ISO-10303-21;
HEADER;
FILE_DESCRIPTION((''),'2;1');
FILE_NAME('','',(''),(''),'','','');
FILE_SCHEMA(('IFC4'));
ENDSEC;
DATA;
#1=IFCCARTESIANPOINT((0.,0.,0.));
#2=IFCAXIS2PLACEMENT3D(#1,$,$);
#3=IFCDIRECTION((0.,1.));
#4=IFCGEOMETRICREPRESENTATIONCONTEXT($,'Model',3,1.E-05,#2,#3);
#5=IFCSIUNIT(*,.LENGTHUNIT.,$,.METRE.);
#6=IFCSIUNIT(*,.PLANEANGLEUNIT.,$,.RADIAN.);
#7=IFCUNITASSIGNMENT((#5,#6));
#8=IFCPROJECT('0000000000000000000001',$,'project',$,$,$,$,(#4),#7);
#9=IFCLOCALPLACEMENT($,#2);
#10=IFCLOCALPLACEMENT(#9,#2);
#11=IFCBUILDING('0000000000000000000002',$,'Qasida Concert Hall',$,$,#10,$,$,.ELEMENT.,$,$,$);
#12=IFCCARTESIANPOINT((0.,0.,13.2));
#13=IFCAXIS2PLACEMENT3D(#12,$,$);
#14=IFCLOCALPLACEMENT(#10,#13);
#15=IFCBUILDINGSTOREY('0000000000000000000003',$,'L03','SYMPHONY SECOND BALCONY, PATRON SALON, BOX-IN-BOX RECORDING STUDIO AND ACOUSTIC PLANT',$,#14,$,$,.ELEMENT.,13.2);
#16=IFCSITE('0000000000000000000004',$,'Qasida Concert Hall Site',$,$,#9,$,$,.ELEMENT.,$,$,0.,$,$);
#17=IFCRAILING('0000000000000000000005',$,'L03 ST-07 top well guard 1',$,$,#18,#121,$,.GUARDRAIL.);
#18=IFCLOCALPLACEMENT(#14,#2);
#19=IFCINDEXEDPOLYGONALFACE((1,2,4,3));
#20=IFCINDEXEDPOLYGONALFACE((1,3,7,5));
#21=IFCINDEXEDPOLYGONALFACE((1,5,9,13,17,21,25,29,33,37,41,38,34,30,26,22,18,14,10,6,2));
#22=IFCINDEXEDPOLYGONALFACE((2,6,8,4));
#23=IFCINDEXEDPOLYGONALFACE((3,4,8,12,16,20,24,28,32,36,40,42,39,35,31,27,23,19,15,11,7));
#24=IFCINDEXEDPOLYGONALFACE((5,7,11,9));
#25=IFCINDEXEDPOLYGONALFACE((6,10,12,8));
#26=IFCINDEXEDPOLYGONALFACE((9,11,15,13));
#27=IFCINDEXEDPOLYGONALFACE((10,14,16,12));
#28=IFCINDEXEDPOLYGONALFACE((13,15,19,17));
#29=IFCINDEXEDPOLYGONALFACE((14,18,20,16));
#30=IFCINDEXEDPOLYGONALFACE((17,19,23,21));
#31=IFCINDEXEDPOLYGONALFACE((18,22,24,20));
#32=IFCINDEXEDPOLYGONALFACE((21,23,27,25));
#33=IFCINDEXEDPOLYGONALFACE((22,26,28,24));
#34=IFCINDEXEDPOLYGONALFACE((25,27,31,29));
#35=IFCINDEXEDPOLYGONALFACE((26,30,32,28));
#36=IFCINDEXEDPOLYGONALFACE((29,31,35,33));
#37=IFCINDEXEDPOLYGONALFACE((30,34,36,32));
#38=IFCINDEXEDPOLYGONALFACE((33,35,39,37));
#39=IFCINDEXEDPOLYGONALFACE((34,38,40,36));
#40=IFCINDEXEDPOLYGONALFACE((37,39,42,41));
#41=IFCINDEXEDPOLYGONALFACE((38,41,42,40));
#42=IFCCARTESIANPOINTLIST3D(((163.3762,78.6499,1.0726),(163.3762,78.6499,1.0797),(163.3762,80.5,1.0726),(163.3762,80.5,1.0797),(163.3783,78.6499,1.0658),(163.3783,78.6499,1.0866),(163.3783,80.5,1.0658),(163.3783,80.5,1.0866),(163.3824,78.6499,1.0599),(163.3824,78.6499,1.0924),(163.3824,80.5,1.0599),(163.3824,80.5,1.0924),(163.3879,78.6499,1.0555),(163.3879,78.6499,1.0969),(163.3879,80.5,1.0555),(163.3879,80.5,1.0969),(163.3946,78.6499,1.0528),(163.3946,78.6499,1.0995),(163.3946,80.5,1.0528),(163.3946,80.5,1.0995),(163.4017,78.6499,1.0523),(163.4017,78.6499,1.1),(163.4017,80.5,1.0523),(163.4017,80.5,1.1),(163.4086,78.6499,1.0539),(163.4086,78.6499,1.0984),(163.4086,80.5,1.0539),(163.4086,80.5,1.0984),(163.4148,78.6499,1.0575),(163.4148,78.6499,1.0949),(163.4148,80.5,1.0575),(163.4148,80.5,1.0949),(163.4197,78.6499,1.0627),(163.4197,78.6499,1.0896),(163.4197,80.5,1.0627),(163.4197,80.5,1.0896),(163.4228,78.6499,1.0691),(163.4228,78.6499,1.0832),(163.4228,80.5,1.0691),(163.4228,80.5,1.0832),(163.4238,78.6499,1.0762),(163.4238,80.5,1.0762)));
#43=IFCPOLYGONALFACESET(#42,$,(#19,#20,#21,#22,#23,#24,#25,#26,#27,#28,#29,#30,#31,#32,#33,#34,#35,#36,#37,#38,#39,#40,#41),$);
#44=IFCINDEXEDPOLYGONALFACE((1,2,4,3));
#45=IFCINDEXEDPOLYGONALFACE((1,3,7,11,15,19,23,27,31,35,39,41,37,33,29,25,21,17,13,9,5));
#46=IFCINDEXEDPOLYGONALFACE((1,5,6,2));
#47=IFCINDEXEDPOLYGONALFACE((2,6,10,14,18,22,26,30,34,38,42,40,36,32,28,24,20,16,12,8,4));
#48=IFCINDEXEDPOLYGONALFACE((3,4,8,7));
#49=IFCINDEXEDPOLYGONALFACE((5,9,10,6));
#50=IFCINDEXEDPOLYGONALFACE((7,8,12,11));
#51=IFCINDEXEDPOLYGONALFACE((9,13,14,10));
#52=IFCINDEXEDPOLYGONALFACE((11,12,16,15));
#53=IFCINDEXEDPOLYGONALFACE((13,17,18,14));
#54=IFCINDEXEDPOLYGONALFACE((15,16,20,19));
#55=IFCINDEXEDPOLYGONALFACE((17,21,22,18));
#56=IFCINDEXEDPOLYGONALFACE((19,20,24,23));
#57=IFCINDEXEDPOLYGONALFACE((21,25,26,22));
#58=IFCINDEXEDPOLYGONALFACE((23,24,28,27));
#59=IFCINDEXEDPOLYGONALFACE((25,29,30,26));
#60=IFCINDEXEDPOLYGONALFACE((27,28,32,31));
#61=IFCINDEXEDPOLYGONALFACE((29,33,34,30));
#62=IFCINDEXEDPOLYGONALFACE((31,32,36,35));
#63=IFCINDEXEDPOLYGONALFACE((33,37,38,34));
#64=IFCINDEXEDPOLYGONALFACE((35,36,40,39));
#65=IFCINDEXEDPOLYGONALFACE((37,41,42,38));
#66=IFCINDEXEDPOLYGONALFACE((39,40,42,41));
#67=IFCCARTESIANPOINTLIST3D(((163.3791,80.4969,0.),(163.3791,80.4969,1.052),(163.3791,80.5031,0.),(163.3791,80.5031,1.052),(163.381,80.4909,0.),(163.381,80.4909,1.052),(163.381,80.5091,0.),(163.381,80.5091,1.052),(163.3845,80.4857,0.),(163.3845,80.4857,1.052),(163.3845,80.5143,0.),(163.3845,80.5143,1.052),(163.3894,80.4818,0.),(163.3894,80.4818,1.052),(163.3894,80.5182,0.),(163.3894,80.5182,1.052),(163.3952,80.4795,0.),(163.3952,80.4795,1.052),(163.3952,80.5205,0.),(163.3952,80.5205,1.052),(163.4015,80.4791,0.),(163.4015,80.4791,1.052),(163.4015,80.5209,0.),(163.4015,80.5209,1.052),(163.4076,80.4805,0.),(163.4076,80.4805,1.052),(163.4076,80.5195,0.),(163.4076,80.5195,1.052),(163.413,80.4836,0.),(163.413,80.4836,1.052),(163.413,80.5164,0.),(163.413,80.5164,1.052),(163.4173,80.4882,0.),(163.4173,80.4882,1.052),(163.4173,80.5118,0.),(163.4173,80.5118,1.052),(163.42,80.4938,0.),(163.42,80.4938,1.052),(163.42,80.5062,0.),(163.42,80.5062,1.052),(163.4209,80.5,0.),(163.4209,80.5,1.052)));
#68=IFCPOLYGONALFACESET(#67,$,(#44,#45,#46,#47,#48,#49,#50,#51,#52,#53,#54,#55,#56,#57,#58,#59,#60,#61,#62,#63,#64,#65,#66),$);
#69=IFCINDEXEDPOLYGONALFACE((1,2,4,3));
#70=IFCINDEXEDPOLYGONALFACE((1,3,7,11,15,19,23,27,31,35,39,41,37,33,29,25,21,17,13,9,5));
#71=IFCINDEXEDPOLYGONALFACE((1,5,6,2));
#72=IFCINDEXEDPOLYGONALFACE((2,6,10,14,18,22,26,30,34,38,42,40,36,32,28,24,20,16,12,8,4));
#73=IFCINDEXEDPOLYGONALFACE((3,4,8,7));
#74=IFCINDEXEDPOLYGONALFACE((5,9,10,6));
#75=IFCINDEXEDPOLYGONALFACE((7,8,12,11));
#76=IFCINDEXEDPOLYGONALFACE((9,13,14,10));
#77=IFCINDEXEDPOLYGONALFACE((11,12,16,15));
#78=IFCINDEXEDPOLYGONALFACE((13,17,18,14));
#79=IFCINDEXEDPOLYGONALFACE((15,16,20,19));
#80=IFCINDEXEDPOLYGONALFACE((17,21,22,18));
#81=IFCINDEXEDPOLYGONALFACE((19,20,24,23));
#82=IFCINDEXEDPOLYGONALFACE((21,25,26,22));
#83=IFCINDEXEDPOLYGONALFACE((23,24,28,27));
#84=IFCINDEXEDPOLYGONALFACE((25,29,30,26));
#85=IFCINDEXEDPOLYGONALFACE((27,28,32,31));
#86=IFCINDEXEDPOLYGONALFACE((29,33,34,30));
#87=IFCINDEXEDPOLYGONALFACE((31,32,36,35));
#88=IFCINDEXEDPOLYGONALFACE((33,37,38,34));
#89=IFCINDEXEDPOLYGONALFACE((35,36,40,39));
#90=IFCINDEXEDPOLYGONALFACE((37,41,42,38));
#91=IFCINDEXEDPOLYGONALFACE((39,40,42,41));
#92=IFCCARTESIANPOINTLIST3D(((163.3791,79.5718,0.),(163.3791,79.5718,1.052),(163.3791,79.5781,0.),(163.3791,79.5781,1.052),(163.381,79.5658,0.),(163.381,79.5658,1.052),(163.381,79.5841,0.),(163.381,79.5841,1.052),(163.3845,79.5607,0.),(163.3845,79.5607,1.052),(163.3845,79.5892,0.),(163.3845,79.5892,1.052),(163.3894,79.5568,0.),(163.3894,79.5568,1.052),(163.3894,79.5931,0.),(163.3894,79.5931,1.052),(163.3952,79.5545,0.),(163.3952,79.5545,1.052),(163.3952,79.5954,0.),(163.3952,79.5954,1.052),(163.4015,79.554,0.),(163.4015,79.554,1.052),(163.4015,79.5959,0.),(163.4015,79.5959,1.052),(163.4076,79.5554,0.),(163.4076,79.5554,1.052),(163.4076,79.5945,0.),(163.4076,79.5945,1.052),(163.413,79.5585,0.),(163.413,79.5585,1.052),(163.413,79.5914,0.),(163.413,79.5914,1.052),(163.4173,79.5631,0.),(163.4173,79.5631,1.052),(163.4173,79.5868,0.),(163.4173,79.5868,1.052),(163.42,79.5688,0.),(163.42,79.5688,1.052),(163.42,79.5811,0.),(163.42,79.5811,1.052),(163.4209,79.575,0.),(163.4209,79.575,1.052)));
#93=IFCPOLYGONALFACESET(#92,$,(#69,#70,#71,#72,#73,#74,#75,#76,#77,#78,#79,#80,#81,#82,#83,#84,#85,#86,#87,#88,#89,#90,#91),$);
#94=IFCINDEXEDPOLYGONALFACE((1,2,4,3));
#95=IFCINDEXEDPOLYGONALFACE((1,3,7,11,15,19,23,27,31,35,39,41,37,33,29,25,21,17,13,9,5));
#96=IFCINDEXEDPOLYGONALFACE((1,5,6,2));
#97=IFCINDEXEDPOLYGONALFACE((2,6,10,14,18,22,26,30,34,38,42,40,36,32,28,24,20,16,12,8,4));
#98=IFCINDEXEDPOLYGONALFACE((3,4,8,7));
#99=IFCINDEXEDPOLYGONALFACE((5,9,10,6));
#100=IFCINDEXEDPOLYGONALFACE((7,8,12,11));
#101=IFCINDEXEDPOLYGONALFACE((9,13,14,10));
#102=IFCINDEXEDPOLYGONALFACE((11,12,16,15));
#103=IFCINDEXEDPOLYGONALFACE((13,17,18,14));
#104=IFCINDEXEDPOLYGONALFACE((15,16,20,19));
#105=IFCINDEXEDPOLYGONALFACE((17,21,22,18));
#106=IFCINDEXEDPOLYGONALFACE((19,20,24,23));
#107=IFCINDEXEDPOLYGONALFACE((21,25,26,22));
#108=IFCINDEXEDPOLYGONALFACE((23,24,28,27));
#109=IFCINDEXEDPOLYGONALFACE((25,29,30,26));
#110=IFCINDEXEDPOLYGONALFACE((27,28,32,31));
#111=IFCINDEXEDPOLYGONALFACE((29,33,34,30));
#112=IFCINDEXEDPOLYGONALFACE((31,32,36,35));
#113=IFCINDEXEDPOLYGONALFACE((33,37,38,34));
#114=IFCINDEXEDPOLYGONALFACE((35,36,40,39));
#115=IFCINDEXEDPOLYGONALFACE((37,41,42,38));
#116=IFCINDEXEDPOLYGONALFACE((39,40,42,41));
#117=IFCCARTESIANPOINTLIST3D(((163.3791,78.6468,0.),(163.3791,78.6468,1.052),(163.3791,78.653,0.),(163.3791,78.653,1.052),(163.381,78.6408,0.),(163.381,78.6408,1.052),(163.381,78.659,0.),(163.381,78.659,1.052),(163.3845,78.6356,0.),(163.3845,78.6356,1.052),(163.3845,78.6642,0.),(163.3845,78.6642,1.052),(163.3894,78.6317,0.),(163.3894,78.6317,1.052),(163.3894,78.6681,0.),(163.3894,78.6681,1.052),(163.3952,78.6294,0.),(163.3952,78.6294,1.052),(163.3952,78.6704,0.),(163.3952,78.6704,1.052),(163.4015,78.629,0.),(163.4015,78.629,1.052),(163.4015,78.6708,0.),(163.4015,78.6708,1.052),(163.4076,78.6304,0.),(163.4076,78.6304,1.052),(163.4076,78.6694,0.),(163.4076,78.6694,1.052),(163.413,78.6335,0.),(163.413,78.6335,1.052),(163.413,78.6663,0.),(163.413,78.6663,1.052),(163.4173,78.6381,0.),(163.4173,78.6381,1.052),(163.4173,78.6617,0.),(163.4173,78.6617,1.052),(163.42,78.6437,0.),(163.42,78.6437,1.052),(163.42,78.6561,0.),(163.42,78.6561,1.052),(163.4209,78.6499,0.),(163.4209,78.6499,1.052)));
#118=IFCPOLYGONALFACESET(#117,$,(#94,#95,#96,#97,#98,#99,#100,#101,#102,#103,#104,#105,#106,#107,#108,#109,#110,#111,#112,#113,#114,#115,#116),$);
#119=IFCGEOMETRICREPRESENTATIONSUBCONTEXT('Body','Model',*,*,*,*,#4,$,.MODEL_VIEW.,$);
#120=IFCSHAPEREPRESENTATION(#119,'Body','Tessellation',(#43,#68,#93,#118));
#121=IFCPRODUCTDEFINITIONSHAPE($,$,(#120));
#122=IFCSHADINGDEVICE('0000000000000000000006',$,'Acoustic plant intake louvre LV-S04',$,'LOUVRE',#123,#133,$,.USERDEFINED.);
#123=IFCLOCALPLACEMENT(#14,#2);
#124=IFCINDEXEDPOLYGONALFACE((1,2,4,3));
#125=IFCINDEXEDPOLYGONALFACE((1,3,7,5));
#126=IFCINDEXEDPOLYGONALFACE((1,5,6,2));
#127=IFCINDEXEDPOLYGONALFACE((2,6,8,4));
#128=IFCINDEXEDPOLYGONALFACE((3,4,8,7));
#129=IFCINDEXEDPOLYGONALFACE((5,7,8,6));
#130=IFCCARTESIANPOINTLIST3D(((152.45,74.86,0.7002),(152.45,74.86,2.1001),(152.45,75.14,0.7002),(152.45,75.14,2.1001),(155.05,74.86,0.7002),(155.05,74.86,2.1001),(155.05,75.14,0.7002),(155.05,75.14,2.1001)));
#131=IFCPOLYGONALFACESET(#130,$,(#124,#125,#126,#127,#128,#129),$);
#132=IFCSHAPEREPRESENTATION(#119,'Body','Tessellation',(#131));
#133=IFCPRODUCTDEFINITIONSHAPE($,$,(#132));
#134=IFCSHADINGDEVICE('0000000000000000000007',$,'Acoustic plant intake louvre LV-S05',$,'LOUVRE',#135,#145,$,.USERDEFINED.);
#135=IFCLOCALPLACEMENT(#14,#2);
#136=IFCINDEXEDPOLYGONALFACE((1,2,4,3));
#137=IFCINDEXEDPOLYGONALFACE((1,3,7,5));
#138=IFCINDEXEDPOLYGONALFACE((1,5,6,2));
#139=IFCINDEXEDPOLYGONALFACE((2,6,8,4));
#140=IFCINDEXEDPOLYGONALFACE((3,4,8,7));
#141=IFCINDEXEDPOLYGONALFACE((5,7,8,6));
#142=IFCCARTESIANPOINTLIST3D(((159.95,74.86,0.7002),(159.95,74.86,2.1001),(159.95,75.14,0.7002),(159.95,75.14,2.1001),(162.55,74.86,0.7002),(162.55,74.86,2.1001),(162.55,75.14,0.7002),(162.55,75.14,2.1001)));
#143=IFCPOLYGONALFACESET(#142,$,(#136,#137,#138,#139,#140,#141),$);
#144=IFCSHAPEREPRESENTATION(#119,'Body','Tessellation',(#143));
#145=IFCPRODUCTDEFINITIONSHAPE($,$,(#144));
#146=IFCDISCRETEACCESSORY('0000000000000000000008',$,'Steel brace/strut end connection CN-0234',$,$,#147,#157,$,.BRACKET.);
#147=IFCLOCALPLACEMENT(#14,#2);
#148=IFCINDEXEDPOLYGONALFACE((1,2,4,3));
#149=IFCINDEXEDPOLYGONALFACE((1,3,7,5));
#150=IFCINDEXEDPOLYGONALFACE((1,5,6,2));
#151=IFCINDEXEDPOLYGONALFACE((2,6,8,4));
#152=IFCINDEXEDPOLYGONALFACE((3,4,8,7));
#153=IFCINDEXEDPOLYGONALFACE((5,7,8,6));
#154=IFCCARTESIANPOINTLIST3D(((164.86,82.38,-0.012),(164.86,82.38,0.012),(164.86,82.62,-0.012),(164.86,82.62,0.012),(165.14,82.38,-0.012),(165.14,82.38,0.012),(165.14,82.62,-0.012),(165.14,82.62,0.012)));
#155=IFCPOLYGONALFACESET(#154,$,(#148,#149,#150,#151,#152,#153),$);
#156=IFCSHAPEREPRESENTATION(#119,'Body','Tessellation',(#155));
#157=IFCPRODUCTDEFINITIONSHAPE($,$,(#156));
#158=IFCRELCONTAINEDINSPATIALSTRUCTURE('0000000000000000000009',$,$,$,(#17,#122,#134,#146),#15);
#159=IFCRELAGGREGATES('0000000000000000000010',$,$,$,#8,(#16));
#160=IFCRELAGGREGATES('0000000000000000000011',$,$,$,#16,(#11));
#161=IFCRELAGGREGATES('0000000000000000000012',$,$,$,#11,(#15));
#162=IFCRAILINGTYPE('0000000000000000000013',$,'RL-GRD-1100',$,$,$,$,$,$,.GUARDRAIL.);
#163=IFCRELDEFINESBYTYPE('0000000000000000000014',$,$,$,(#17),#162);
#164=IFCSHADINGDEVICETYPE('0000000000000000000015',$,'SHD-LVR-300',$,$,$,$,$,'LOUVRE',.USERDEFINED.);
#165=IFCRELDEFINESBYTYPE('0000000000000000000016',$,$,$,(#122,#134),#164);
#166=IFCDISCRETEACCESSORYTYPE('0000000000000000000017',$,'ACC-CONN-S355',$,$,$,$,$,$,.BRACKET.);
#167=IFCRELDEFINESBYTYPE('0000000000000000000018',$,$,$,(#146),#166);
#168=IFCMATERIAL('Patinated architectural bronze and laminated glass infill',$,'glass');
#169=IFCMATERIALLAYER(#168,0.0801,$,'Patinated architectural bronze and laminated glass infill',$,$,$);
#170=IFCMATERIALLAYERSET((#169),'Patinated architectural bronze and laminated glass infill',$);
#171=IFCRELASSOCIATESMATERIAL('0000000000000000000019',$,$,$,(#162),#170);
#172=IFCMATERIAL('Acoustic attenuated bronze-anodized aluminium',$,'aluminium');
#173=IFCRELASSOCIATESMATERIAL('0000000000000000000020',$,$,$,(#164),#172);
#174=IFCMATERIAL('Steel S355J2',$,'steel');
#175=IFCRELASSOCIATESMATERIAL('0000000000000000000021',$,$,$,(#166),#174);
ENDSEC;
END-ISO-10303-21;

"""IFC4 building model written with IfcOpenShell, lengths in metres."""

from ifc_helpers import new_model, si_unit, direction, frame, origin, origin_2d, place, context, subcontext, project, spatial, rectangle, circle, extrude, material, layer, layer_set, type_object, element, save


model = new_model("IFC4")

# Units and contexts
model_context = context("Model", 3, precision=1e-05, world=origin(), true_north=direction((0.0, 1.0)))
body_context = subcontext(model_context, "Body", "Model", "MODEL_VIEW")
ifc_project = project(units=[si_unit("LENGTHUNIT", "METRE"), si_unit("PLANEANGLEUNIT", "RADIAN")], contexts=[model_context])

# Site, building, storey
site_placement = place(None, origin())
site = spatial("IfcSite", under=ifc_project, at=site_placement, Name="Qasida Concert Hall Site", CompositionType="ELEMENT", RefElevation=0.0)
building_placement = place(site_placement, origin())
building = spatial("IfcBuilding", under=site, at=building_placement, Name="Qasida Concert Hall", CompositionType="ELEMENT")
storey_placement = place(building_placement, frame((0.0, 0.0, 13.2)))
storey = spatial("IfcBuildingStorey", under=building, at=storey_placement, Name="L03", Description="SYMPHONY SECOND BALCONY, PATRON SALON, BOX-IN-BOX RECORDING STUDIO AND ACOUSTIC PLANT", CompositionType="ELEMENT", Elevation=13.2)

# Shared definitions
ifc_material_1 = material(Name="Steel S355J2", Category="steel")

# Railing
ifc_material_2 = material(Name="Patinated architectural bronze and laminated glass infill", Category="glass")
ifc_layer_1 = layer(ifc_material_2, 0.0801, Name="Patinated architectural bronze and laminated glass infill")
ifc_layer_set_1 = layer_set([ifc_layer_1], Name="Patinated architectural bronze and laminated glass infill")
railing_type = type_object("IfcRailingType", Name="RL-GRD-1100", PredefinedType="GUARDRAIL", material=ifc_layer_set_1)
railing_placement = place(storey_placement, frame((163.3999, 80.5, 0.0)))
element("IfcRailing", 1, at=railing_placement, inside=storey, type_object=railing_type, Name="L03 ST-07 top well guard 1", PredefinedType="GUARDRAIL", context=body_context, shape_type="SweptSolid", body=[
    extrude(circle(Radius=0.0239, at=origin_2d()), frame((0.0, 0.0, 1.0762), z_axis=(0.0, -1.0, 0.0), x_axis=(1.0, 0.0, 0.0)), (0.0, 0.0, 1.0), 1.8501),
    extrude(circle(Radius=0.021, at=origin_2d()), origin(), (0.0, 0.0, 1.0), 1.052),
    extrude(circle(Radius=0.021, at=origin_2d()), frame((0.0, -0.925, 0.0)), (0.0, 0.0, 1.0), 1.052),
    extrude(circle(Radius=0.021, at=origin_2d()), frame((0.0, -1.8501, 0.0)), (0.0, 0.0, 1.0), 1.052),
])

# Shading devices
ifc_material_3 = material(Name="Acoustic attenuated bronze-anodized aluminium", Category="aluminium")
shading_device_type = type_object("IfcShadingDeviceType", Name="SHD-LVR-300", ElementType="LOUVRE", PredefinedType="USERDEFINED", material=ifc_material_3)
for number, where, z_axis, x_axis, name in (
    (2, (153.75, 75.0, 0.7002), (0.0, 0.0, 1.0), (1.0, 0.0, 0.0), "Acoustic plant intake louvre LV-S04"),
    (3, (161.25, 75.0, 0.7002), (0.0, 0.0, 1.0), (1.0, 0.0, 0.0), "Acoustic plant intake louvre LV-S05"),
):
    element("IfcShadingDevice", number, at=place(storey_placement, frame(where, z_axis=z_axis, x_axis=x_axis)), inside=storey, type_object=shading_device_type, Name=name, ObjectType="LOUVRE", PredefinedType="USERDEFINED", context=body_context, shape_type="SweptSolid", body=[
        extrude(rectangle(XDim=2.6001, YDim=0.28, at=origin_2d()), origin(), (0.0, 0.0, 1.0), 1.3999),
    ])

# Discrete accessory
discrete_accessory_type = type_object("IfcDiscreteAccessoryType", Name="ACC-CONN-S355", PredefinedType="BRACKET", material=ifc_material_1)
discrete_accessory_placement = place(storey_placement, frame((165.0, 82.5, -0.012), z_axis=(0.0, 0.0, 1.0), x_axis=(1.0, 0.0, 0.0)))
element("IfcDiscreteAccessory", 4, at=discrete_accessory_placement, inside=storey, type_object=discrete_accessory_type, Name="Steel brace/strut end connection CN-0234", PredefinedType="BRACKET", context=body_context, shape_type="SweptSolid", body=[
    extrude(rectangle(XDim=0.28, YDim=0.24, at=origin_2d()), origin(), (0.0, 0.0, 1.0), 0.0239),
])

save(model, "model.ifc")
